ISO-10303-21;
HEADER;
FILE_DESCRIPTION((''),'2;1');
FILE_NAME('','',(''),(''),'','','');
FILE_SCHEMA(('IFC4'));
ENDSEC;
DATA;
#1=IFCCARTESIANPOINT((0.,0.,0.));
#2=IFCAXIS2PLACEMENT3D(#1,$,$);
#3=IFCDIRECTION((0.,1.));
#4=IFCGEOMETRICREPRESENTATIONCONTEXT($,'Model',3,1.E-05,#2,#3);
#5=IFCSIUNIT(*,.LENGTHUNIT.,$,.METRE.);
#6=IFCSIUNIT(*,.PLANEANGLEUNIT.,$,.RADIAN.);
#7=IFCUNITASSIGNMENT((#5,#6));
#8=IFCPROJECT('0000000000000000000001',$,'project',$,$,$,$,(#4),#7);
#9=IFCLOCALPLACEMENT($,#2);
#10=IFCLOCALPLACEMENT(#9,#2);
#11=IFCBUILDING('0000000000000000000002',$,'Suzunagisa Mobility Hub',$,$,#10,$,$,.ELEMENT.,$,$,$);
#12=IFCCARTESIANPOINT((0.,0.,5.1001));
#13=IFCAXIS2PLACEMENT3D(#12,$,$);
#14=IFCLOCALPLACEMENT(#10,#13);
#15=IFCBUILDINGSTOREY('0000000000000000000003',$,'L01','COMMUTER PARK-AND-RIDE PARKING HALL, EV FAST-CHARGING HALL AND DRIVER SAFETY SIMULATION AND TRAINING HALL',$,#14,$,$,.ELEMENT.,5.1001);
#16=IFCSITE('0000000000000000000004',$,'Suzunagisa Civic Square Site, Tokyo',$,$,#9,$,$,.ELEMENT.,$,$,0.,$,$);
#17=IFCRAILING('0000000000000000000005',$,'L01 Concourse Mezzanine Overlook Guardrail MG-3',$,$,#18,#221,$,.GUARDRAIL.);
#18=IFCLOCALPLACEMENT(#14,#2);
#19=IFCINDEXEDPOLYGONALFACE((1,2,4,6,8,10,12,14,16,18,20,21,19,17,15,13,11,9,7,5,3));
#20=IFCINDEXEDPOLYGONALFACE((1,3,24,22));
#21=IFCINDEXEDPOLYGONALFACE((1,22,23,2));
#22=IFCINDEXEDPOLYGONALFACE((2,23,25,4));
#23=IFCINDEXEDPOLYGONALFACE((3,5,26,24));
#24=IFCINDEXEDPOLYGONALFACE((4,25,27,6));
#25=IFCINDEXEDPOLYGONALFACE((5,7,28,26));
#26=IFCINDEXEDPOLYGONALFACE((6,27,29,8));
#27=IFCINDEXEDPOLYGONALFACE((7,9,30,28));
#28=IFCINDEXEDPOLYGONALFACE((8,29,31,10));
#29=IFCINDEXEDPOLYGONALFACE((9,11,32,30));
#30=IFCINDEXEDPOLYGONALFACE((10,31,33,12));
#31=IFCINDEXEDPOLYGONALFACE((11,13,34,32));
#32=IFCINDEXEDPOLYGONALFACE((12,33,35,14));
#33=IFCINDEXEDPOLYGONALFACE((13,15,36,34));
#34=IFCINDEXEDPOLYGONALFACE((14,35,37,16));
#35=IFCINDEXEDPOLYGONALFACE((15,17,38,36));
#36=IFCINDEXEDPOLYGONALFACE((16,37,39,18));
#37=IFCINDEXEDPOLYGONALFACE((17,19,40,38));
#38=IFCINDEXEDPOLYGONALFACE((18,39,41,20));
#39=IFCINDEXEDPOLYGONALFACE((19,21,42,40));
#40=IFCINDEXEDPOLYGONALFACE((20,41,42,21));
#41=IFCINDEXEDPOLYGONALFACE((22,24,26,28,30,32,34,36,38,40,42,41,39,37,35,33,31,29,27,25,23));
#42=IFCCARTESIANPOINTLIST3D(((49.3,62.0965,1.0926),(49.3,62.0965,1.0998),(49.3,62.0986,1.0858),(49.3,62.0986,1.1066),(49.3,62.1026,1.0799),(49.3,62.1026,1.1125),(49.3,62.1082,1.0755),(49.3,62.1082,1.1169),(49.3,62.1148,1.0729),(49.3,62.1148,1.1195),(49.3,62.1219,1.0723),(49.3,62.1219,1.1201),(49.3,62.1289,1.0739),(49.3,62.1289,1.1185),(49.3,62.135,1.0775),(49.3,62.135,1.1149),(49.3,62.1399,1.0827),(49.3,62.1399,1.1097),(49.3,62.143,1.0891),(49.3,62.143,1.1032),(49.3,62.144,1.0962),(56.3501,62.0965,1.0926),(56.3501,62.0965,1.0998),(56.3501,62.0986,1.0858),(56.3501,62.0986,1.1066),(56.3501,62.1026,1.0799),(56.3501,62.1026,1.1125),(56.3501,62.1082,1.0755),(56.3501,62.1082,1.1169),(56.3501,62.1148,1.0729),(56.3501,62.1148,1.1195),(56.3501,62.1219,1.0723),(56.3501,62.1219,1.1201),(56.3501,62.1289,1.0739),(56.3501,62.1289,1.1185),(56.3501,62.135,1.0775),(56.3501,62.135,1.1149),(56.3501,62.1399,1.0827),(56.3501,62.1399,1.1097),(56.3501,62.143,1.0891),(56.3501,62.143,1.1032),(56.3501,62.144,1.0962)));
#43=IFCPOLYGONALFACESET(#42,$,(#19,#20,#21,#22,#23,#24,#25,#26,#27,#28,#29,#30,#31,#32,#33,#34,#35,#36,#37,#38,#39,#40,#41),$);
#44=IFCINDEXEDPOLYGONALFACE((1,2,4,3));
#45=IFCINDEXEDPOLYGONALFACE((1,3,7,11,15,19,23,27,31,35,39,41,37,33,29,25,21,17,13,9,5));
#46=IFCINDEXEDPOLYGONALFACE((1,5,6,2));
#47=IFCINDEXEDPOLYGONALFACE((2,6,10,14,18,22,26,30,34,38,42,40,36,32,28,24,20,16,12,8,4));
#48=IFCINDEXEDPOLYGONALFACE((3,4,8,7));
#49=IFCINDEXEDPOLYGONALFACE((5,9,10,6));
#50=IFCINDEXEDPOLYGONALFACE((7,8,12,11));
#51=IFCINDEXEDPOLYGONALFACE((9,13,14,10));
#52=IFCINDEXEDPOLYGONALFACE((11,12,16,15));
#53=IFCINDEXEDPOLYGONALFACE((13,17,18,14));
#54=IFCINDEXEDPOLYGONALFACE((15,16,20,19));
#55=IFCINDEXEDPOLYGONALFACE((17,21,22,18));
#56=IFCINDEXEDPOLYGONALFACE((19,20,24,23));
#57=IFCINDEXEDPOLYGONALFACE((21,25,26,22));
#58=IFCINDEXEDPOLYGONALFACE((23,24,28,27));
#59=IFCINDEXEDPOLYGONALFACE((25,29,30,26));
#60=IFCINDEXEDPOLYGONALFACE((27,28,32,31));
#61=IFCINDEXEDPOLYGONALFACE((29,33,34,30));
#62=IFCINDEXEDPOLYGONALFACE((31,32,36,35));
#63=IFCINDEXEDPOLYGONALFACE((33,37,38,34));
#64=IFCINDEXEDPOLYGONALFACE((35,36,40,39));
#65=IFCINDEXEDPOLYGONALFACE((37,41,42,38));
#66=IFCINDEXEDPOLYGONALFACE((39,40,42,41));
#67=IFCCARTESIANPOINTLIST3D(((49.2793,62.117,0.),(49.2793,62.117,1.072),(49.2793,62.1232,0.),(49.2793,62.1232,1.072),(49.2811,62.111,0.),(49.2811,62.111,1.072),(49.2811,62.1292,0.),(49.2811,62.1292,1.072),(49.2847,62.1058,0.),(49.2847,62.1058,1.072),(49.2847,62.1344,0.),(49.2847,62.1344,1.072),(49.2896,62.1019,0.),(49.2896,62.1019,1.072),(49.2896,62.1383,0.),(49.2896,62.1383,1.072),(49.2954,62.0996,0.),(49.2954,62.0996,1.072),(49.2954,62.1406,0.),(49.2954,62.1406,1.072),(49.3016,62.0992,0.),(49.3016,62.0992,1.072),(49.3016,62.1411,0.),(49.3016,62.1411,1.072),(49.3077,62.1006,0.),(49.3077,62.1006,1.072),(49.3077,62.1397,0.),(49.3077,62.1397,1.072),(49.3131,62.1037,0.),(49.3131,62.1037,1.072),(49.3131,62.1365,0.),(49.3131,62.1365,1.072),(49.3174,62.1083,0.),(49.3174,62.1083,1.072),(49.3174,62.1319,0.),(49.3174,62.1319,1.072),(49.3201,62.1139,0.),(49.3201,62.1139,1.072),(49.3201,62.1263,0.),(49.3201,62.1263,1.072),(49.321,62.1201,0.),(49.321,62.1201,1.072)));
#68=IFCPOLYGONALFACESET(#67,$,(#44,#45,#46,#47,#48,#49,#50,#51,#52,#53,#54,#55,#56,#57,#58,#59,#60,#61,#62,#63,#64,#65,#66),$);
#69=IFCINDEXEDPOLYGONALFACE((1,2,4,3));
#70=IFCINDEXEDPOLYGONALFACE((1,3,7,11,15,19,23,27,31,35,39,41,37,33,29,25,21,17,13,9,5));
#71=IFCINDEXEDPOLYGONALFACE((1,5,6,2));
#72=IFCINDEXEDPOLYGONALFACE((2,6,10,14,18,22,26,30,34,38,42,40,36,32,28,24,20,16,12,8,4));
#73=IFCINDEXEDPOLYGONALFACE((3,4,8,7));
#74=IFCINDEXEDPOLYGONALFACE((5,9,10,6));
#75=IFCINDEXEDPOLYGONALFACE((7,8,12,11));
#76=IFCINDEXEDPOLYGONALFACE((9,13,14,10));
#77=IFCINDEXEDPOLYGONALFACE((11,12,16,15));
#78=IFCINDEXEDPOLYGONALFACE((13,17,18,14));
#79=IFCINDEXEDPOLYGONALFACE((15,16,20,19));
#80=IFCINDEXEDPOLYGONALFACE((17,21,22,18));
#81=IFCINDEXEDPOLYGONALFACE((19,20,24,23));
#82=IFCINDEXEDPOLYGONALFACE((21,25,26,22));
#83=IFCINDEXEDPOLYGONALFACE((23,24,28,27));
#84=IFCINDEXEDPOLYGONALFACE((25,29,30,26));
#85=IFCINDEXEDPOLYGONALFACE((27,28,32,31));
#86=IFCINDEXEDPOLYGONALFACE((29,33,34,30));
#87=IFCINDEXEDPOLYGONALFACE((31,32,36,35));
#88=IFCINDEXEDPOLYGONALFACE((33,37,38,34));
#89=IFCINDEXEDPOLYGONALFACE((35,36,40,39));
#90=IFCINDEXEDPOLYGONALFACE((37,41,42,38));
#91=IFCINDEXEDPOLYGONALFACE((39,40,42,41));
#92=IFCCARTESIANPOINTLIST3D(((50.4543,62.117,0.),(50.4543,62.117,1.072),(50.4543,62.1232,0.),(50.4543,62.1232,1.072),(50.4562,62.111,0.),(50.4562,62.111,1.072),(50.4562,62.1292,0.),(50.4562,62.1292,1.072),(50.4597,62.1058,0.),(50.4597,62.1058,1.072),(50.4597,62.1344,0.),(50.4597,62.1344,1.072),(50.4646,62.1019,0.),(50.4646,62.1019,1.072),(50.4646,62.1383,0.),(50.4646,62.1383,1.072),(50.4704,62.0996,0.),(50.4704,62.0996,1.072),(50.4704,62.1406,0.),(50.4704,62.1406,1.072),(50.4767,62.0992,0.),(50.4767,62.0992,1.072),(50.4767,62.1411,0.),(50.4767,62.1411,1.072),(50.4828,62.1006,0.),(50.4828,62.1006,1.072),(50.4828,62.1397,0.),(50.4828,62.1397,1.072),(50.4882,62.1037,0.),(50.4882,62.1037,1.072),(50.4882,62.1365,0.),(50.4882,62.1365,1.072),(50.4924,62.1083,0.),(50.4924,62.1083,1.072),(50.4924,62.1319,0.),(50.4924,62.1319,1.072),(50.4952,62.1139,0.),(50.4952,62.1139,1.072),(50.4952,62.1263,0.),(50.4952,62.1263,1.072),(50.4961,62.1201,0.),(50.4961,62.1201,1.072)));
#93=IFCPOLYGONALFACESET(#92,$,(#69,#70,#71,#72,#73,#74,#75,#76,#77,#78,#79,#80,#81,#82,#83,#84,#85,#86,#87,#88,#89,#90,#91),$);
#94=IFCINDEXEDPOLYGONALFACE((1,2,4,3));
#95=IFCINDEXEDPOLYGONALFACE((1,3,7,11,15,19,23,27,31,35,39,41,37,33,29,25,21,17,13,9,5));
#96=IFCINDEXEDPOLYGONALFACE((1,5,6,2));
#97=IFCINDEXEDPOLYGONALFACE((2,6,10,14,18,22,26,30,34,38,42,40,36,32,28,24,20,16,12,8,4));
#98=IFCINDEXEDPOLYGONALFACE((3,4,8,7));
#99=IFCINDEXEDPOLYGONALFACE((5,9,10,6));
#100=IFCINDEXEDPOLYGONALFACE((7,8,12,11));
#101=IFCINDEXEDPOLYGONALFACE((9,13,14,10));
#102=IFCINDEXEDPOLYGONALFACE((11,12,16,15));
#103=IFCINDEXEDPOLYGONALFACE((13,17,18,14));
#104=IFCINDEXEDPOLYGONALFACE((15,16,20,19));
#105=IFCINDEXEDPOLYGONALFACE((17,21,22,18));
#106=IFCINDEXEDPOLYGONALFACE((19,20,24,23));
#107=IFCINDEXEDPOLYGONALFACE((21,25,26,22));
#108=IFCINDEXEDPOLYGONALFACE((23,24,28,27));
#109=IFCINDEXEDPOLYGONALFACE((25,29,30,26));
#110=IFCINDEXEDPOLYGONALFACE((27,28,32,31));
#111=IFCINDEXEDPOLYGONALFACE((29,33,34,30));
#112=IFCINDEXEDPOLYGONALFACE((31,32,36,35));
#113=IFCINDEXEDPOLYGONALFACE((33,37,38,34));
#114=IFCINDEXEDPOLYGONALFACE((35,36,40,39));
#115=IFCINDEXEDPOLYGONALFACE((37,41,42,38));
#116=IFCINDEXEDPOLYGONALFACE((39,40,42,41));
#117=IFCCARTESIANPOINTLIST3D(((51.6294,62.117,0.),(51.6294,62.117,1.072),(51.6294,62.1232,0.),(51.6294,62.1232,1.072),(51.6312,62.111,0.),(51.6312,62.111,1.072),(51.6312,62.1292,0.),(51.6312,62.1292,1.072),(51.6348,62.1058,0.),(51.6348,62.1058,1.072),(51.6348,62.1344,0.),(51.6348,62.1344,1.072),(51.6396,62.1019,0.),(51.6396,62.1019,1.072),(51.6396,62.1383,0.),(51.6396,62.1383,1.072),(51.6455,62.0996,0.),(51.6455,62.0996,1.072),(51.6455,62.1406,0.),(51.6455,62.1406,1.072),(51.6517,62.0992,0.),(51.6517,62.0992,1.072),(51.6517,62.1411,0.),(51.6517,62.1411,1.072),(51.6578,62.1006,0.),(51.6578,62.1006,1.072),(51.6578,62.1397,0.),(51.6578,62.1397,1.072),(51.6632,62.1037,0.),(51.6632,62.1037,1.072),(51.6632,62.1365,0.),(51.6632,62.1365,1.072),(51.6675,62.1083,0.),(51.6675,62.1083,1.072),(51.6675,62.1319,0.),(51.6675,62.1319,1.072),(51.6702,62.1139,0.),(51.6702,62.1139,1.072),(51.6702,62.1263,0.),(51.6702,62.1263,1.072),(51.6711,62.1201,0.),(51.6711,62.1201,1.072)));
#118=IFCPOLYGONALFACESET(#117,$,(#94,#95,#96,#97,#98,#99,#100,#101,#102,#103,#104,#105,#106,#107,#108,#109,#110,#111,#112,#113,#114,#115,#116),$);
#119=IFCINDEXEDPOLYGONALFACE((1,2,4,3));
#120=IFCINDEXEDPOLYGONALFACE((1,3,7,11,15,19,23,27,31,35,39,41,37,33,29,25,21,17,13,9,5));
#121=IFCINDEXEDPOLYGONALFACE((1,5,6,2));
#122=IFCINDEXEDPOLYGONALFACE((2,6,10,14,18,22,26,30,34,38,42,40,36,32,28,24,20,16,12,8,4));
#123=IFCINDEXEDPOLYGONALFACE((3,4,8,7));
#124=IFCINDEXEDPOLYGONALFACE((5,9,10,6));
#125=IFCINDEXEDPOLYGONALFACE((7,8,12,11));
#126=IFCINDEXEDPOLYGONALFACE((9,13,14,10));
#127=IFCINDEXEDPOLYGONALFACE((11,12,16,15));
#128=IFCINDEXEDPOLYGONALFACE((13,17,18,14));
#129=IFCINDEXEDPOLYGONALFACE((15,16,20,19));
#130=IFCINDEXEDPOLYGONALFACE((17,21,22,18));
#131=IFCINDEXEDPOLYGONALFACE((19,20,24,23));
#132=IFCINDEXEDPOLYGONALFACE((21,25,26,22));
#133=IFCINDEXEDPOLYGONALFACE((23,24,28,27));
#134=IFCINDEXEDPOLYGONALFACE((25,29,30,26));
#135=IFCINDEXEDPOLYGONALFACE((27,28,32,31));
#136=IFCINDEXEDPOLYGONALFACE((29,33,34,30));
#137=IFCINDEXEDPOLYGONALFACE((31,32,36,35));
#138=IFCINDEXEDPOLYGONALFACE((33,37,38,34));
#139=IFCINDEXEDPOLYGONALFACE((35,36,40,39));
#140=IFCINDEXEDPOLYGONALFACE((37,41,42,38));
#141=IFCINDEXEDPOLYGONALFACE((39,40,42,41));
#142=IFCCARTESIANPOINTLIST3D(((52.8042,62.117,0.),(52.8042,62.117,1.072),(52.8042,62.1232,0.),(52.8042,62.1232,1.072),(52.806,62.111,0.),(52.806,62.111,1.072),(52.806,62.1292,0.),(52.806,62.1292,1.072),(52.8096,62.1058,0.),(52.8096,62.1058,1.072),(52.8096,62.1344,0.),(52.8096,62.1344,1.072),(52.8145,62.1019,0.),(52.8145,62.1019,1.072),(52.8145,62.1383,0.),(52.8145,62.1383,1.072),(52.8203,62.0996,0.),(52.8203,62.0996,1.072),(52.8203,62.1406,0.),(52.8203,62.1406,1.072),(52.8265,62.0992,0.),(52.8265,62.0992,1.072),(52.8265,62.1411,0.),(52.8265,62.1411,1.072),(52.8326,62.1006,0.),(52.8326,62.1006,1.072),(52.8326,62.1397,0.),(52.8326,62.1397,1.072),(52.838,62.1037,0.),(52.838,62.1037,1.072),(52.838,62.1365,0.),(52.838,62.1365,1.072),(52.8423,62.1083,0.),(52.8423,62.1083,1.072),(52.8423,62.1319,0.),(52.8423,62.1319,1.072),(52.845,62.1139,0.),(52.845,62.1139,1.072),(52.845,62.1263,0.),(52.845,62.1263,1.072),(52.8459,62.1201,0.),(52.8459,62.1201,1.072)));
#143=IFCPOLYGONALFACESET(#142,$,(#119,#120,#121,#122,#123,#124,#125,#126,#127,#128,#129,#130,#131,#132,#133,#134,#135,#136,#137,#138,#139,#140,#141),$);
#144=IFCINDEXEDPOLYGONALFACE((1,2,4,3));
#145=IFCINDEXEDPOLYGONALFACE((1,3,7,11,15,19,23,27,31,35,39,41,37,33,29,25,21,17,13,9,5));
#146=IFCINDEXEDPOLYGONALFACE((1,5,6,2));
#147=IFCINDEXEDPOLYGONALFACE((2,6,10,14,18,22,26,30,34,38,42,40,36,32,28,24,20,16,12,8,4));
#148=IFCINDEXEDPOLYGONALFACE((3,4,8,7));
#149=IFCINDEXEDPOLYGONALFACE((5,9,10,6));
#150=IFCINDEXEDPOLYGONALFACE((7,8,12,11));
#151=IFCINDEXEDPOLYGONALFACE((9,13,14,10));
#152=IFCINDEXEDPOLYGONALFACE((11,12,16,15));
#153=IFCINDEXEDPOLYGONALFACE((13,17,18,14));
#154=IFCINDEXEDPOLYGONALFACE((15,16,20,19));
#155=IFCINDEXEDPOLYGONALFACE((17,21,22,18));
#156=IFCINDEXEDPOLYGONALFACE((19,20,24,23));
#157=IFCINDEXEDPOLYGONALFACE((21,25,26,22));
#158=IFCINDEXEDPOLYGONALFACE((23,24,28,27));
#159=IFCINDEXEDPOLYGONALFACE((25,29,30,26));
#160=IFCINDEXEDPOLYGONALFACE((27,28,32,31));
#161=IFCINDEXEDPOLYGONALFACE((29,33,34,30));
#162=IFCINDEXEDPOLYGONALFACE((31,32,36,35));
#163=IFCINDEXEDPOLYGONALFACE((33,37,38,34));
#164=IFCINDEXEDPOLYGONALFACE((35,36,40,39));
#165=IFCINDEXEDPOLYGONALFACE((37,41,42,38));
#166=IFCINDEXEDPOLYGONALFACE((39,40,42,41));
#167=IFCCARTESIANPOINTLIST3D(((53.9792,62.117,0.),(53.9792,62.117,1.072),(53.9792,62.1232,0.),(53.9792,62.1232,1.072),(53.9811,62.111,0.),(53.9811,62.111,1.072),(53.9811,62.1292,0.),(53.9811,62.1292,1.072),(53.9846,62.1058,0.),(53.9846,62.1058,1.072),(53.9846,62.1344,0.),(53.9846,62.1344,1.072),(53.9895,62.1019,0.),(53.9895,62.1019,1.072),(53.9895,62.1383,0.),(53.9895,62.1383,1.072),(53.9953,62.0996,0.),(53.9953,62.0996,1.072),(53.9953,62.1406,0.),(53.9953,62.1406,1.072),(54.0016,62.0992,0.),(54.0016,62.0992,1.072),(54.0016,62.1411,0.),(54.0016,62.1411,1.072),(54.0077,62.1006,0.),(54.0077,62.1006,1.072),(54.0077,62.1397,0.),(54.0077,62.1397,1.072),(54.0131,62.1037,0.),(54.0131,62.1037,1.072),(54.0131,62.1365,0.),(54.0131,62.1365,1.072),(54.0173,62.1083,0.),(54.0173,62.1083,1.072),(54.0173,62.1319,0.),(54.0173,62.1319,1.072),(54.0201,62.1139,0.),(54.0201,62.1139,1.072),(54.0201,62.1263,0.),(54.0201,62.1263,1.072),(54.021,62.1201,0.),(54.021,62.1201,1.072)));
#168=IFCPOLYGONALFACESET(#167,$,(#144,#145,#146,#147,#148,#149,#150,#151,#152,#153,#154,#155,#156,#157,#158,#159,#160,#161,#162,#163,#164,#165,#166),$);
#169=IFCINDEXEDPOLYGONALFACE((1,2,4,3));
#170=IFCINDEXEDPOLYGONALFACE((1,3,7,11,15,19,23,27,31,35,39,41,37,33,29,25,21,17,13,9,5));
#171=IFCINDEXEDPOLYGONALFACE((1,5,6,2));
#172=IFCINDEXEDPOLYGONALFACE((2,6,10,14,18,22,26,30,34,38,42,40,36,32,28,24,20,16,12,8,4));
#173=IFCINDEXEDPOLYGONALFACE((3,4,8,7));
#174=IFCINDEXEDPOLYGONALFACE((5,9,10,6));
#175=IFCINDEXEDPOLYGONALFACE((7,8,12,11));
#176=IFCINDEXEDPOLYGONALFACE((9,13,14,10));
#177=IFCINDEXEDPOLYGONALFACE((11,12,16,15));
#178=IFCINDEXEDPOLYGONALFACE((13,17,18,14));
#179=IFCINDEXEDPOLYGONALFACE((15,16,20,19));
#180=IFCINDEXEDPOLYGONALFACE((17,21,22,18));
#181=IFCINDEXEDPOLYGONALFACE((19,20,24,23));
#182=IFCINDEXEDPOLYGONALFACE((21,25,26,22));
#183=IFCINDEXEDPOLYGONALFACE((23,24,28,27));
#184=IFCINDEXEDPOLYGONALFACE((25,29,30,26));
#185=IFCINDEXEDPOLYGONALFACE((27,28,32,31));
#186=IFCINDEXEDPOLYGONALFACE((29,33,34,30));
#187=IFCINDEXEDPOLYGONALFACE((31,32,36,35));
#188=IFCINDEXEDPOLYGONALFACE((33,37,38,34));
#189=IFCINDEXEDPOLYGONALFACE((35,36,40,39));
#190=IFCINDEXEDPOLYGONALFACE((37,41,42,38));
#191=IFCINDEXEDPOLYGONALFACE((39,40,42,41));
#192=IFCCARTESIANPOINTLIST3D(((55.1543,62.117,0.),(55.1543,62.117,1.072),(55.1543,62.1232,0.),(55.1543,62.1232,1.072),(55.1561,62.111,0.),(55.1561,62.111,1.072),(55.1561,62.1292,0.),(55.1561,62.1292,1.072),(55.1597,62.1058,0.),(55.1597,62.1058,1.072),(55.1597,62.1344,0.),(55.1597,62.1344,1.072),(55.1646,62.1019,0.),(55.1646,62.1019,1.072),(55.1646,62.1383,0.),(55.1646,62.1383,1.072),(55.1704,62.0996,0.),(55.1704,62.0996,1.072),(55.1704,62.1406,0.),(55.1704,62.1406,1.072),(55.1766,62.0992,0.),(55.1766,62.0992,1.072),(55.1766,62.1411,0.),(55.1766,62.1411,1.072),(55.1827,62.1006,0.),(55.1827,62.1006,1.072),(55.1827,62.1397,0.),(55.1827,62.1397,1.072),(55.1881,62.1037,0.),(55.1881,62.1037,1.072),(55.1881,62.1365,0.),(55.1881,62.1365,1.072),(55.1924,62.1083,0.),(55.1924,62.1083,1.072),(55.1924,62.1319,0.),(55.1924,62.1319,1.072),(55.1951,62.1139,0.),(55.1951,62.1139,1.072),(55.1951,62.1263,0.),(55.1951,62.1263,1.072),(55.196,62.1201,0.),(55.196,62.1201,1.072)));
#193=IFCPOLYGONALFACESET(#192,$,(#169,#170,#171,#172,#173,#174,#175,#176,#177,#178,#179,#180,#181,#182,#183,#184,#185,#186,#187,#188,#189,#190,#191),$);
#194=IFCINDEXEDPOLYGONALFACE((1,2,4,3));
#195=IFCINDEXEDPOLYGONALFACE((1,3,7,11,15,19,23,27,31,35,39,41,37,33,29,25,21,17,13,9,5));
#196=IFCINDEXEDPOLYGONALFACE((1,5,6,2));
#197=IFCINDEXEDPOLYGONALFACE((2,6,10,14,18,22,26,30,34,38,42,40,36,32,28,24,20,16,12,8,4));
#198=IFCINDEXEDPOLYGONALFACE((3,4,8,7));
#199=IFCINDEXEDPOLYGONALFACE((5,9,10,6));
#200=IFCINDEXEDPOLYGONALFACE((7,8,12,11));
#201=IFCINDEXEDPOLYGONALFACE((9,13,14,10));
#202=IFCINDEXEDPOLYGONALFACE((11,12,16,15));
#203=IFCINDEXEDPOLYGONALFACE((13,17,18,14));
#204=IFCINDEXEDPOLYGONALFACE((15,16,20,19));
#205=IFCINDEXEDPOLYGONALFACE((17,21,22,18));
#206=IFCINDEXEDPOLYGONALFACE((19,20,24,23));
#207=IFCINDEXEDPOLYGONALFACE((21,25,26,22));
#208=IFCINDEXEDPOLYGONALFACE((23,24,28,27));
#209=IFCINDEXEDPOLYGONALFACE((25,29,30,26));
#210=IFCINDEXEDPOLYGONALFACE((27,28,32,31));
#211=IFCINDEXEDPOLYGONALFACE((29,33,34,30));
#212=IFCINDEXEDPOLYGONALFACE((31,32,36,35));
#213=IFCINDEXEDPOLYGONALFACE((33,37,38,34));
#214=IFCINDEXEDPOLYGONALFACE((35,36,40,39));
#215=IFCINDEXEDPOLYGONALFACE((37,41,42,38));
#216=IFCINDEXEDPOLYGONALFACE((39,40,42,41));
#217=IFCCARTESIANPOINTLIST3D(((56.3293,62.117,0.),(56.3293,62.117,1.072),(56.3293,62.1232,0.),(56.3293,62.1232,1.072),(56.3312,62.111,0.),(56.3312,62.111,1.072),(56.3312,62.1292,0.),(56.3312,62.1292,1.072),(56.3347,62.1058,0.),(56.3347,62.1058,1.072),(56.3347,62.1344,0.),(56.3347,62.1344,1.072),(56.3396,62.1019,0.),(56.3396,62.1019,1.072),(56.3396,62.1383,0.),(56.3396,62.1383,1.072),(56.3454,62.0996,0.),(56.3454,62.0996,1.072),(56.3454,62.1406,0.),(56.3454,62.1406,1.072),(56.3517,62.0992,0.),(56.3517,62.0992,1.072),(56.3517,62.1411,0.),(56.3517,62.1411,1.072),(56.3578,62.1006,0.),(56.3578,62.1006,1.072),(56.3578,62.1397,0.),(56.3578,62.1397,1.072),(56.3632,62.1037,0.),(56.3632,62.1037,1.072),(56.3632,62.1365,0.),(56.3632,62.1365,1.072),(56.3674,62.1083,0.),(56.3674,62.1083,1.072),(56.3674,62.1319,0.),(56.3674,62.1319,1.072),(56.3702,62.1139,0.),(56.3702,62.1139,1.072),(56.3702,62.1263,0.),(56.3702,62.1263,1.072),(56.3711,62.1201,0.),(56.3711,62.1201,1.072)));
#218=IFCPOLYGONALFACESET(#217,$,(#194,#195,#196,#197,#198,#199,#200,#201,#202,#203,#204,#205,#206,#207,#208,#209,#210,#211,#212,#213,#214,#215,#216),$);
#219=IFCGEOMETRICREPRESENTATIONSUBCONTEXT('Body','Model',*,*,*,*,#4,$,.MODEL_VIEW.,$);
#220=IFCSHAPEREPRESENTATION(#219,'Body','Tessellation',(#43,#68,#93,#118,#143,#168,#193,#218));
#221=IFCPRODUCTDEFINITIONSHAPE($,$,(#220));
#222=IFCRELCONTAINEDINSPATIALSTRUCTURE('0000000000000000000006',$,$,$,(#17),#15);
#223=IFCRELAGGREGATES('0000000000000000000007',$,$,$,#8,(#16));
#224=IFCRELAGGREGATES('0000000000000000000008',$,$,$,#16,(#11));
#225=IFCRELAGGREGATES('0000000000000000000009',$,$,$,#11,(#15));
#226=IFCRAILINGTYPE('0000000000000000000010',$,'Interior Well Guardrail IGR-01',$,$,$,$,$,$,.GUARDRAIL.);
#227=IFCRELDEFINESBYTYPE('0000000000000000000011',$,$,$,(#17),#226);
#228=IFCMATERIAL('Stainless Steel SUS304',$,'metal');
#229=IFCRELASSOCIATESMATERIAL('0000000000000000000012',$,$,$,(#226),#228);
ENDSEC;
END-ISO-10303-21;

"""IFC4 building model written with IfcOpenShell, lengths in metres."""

from ifc_helpers import new_model, si_unit, direction, frame, origin, origin_2d, place, context, subcontext, project, spatial, circle, extrude, material, type_object, element, save


model = new_model("IFC4")

# Units and contexts
model_context = context("Model", 3, precision=1e-05, world=origin(), true_north=direction((0.0, 1.0)))
body_context = subcontext(model_context, "Body", "Model", "MODEL_VIEW")
ifc_project = project(units=[si_unit("LENGTHUNIT", "METRE"), si_unit("PLANEANGLEUNIT", "RADIAN")], contexts=[model_context])

# Site, building, storey
site_placement = place(None, origin())
site = spatial("IfcSite", under=ifc_project, at=site_placement, Name="Suzunagisa Civic Square Site, Tokyo", CompositionType="ELEMENT", RefElevation=0.0)
building_placement = place(site_placement, origin())
building = spatial("IfcBuilding", under=site, at=building_placement, Name="Suzunagisa Mobility Hub", CompositionType="ELEMENT")
storey_placement = place(building_placement, frame((0.0, 0.0, 5.1001)))
storey = spatial("IfcBuildingStorey", under=building, at=storey_placement, Name="L01", Description="COMMUTER PARK-AND-RIDE PARKING HALL, EV FAST-CHARGING HALL AND DRIVER SAFETY SIMULATION AND TRAINING HALL", CompositionType="ELEMENT", Elevation=5.1001)

# Railing
ifc_material_1 = material(Name="Stainless Steel SUS304", Category="metal")
railing_type_1 = type_object("IfcRailingType", Name="Interior Well Guardrail IGR-01", PredefinedType="GUARDRAIL", material=ifc_material_1)
railing_1_placement = place(storey_placement, frame((49.3, 62.1201, 0.0)))
element("IfcRailing", 1, at=railing_1_placement, inside=storey, type_object=railing_type_1, Name="L01 Concourse Mezzanine Overlook Guardrail MG-3", PredefinedType="GUARDRAIL", context=body_context, shape_type="SweptSolid", body=[
    extrude(circle(Radius=0.0239, at=origin_2d()), frame((0.0, 0.0, 1.0962), z_axis=(1.0, 0.0, 0.0), x_axis=(0.0, 1.0, 0.0)), (0.0, 0.0, 1.0), 7.05),
    extrude(circle(Radius=0.021, at=origin_2d()), origin(), (0.0, 0.0, 1.0), 1.072),
    extrude(circle(Radius=0.021, at=origin_2d()), frame((1.175, 0.0, 0.0)), (0.0, 0.0, 1.0), 1.072),
    extrude(circle(Radius=0.021, at=origin_2d()), frame((2.3501, 0.0, 0.0)), (0.0, 0.0, 1.0), 1.072),
    extrude(circle(Radius=0.021, at=origin_2d()), frame((3.5249, 0.0, 0.0)), (0.0, 0.0, 1.0), 1.072),
    extrude(circle(Radius=0.021, at=origin_2d()), frame((4.7, 0.0, 0.0)), (0.0, 0.0, 1.0), 1.072),
    extrude(circle(Radius=0.021, at=origin_2d()), frame((5.875, 0.0, 0.0)), (0.0, 0.0, 1.0), 1.072),
    extrude(circle(Radius=0.021, at=origin_2d()), frame((7.05, 0.0, 0.0)), (0.0, 0.0, 1.0), 1.072),
])

save(model, "model.ifc")
